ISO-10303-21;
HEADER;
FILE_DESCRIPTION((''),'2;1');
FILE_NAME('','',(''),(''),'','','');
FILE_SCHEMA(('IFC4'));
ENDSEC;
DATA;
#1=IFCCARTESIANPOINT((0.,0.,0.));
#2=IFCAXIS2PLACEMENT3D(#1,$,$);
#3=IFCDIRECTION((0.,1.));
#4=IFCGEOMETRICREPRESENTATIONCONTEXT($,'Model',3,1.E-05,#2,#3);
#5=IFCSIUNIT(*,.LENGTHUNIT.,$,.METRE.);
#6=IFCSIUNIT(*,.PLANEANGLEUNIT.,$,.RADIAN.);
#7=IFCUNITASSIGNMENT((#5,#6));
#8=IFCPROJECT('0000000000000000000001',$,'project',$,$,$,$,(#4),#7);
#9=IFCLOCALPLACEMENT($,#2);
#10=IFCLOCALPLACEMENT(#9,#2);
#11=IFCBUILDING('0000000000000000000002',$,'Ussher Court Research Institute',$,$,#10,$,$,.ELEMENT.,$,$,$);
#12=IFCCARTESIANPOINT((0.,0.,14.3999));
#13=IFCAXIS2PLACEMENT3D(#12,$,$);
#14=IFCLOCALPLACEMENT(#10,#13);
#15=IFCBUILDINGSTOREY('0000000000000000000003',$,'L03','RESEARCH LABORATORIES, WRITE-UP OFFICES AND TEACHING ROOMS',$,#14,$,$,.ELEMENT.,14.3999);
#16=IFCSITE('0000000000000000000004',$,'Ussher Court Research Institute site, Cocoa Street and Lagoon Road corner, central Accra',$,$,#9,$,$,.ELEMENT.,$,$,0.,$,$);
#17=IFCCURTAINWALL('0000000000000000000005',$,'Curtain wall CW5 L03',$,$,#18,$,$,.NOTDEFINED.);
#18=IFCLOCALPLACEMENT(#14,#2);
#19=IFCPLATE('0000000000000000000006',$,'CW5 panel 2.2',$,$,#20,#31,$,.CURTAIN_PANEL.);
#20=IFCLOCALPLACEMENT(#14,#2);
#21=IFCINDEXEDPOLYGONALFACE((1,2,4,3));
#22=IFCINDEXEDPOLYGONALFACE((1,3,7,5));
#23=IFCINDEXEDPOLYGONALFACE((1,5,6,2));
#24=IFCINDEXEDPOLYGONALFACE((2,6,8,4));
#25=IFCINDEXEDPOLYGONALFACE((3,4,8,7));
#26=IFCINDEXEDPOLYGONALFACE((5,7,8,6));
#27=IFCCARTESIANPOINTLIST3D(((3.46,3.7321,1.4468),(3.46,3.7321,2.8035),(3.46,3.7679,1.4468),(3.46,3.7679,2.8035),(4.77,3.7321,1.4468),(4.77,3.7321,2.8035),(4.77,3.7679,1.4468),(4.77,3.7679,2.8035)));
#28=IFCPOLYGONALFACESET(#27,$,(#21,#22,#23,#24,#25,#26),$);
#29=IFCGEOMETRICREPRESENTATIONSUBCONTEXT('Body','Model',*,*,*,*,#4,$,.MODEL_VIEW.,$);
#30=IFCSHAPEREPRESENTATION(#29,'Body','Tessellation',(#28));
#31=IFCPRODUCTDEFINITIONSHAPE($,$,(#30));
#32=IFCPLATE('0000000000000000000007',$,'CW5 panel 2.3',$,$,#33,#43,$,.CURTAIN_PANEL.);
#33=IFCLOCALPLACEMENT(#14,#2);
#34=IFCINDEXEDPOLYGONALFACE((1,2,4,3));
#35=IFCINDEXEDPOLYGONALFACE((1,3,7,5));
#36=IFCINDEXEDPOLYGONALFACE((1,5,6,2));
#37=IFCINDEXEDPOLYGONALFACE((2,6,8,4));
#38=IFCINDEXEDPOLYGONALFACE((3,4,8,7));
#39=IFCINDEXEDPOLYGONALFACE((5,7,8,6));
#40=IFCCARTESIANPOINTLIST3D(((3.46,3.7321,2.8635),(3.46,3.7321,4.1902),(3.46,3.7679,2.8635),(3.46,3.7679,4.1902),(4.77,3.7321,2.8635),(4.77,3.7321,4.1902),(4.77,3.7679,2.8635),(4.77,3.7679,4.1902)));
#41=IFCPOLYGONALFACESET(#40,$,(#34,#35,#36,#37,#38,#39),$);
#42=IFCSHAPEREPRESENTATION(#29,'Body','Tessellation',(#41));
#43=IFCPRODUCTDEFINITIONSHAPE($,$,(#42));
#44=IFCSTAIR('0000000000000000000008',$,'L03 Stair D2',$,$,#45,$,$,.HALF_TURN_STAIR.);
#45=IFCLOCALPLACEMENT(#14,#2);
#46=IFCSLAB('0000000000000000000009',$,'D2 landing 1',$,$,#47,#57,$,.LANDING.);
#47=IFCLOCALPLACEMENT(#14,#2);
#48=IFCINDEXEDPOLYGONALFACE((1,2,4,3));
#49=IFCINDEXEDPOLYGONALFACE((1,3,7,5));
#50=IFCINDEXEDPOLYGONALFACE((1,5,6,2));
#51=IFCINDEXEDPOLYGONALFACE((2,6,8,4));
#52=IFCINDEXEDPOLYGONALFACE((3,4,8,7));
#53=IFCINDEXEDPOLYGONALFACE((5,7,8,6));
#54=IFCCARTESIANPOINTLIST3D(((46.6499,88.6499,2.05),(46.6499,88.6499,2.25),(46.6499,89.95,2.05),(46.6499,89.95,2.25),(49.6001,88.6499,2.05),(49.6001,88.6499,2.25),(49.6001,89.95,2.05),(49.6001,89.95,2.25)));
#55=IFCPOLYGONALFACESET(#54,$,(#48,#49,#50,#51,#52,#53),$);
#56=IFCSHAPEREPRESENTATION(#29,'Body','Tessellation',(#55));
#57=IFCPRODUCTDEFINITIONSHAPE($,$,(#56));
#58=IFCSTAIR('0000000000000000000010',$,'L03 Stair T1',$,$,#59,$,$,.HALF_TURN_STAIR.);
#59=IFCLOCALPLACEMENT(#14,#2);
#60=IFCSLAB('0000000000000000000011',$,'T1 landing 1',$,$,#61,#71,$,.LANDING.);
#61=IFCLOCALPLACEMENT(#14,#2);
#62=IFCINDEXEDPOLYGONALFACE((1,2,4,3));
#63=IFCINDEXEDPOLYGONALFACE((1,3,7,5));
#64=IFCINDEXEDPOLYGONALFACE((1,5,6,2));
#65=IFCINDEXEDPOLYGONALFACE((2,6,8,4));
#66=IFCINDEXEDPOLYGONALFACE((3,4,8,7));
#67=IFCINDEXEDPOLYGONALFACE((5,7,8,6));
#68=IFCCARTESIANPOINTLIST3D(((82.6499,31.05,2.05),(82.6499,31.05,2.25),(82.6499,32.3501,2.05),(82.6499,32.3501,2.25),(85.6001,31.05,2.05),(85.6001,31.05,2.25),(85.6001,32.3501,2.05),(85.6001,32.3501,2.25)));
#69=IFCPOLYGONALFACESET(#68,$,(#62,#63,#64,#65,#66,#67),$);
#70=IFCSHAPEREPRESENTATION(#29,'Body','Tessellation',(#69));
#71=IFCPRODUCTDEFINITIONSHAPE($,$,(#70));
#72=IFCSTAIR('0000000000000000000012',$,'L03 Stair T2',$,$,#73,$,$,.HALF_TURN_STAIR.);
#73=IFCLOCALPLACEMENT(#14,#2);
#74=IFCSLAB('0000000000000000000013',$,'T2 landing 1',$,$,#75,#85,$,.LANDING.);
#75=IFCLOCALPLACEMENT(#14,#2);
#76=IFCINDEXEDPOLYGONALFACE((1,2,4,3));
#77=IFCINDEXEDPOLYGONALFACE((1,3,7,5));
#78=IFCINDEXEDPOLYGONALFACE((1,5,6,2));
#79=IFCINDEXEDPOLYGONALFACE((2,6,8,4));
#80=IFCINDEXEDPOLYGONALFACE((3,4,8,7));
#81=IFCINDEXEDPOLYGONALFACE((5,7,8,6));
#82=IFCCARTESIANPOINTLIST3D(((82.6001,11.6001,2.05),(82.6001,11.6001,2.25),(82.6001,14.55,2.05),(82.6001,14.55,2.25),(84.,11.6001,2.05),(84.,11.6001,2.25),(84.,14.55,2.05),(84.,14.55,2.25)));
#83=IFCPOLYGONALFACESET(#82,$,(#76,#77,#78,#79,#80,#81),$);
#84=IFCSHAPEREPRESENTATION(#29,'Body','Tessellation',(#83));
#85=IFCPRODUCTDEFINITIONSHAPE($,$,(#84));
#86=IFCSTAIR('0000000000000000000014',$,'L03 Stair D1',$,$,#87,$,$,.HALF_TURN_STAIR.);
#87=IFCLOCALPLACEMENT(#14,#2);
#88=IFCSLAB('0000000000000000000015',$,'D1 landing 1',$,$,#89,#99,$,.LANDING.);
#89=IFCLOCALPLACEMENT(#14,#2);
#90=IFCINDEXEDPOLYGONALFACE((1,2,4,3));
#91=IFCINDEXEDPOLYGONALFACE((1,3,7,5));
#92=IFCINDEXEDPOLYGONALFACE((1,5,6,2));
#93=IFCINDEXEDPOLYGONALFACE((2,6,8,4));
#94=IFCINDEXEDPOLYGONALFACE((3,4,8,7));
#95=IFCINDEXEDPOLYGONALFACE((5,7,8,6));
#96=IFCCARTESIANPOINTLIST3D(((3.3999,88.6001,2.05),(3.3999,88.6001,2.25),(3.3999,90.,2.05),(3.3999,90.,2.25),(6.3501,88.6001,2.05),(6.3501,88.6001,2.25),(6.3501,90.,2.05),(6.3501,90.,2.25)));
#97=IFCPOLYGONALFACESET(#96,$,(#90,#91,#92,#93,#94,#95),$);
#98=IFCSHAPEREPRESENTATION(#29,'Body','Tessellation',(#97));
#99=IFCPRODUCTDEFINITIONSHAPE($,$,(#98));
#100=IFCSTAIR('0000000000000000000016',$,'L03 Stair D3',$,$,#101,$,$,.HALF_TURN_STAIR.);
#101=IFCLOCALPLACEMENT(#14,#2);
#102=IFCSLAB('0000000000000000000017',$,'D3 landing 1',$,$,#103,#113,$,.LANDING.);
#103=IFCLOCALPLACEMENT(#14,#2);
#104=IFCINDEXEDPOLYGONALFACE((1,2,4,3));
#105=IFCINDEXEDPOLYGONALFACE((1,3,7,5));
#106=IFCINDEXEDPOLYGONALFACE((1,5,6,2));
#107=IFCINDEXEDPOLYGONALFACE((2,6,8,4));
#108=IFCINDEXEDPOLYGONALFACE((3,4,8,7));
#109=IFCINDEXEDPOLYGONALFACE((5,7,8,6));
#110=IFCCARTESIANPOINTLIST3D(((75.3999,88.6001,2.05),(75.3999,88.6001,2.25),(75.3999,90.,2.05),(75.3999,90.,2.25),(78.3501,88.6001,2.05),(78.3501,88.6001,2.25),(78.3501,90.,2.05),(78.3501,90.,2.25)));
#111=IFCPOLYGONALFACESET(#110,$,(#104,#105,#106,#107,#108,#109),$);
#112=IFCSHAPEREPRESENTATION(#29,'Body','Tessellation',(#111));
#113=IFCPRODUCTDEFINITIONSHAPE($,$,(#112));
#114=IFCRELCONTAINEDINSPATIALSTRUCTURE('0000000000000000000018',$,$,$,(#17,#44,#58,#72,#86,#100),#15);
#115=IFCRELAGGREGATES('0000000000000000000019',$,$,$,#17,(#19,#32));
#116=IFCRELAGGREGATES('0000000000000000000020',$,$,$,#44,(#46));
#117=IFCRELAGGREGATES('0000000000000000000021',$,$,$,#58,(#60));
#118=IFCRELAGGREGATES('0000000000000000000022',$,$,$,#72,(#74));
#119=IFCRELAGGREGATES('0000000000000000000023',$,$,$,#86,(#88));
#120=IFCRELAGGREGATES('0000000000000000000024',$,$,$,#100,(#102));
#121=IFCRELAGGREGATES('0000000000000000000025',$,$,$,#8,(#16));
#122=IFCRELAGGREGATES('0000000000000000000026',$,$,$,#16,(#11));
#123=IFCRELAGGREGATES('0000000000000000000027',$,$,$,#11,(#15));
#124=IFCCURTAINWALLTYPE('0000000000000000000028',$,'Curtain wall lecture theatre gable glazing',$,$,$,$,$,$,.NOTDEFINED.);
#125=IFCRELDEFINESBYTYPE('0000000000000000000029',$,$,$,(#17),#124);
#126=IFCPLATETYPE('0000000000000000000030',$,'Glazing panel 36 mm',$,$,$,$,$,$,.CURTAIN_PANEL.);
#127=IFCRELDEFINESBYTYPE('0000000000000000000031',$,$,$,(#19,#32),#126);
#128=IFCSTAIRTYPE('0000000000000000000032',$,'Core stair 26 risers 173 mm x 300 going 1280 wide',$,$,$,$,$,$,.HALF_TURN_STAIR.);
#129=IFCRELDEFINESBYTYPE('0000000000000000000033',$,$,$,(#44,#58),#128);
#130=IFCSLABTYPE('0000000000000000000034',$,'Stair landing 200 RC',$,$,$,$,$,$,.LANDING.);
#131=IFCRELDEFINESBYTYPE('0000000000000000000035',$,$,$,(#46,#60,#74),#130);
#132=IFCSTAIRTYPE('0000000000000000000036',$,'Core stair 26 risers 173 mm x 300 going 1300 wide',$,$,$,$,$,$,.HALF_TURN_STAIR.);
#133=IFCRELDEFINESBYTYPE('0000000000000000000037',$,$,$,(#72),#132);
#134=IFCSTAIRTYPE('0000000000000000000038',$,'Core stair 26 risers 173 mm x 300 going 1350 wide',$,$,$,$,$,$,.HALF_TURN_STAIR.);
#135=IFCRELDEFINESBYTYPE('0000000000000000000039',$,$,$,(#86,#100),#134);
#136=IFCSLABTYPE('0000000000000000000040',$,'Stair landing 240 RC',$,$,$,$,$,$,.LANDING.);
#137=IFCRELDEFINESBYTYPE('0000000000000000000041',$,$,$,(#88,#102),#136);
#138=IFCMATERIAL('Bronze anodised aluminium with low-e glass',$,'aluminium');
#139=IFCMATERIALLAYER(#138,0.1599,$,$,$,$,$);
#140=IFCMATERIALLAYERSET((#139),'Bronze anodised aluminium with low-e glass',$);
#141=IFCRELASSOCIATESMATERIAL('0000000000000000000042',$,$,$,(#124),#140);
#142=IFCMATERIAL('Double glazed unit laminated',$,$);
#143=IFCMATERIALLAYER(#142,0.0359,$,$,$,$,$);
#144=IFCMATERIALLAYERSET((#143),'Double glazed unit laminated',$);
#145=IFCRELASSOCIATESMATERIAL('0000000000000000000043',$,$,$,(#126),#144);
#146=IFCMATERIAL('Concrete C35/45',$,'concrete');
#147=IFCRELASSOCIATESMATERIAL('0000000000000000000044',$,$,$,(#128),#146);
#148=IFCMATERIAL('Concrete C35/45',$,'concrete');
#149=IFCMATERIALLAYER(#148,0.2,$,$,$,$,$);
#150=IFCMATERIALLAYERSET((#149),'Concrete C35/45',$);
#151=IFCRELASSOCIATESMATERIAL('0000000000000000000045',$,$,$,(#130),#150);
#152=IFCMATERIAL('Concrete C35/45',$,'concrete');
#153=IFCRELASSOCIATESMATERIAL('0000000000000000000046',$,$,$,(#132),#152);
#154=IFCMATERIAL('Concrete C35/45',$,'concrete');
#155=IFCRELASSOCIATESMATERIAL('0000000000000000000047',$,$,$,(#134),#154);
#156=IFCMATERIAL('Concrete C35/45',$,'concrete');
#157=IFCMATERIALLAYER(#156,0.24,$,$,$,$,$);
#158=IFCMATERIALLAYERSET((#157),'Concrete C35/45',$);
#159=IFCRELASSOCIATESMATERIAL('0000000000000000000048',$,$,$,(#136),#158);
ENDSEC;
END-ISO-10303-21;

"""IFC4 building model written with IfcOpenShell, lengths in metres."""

from ifc_helpers import new_model, si_unit, direction, frame, origin, origin_2d, place, context, subcontext, project, spatial, polyline, rectangle, outline, extrude, material, layer, layer_set, type_object, element, aggregate, save


model = new_model("IFC4")

# Units and contexts
model_context = context("Model", 3, precision=1e-05, world=origin(), true_north=direction((0.0, 1.0)))
body_context = subcontext(model_context, "Body", "Model", "MODEL_VIEW")
ifc_project = project(units=[si_unit("LENGTHUNIT", "METRE"), si_unit("PLANEANGLEUNIT", "RADIAN")], contexts=[model_context])

# Site, building, storey
site_placement = place(None, origin())
site = spatial("IfcSite", under=ifc_project, at=site_placement, Name="Ussher Court Research Institute site, Cocoa Street and Lagoon Road corner, central Accra", CompositionType="ELEMENT", RefElevation=0.0)
building_placement = place(site_placement, origin())
building = spatial("IfcBuilding", under=site, at=building_placement, Name="Ussher Court Research Institute", CompositionType="ELEMENT")
storey_placement = place(building_placement, frame((0.0, 0.0, 14.3999)))
storey = spatial("IfcBuildingStorey", under=building, at=storey_placement, Name="L03", Description="RESEARCH LABORATORIES, WRITE-UP OFFICES AND TEACHING ROOMS", CompositionType="ELEMENT", Elevation=14.3999)

# Curtain wall
ifc_material_1 = material(Name="Bronze anodised aluminium with low-e glass", Category="aluminium")
ifc_layer_1 = layer(ifc_material_1, 0.1599)
ifc_layer_set_1 = layer_set([ifc_layer_1], Name="Bronze anodised aluminium with low-e glass")
curtain_wall_type = type_object("IfcCurtainWallType", Name="Curtain wall lecture theatre gable glazing", PredefinedType="NOTDEFINED", material=ifc_layer_set_1)
curtain_wall_placement = place(storey_placement, origin())
curtain_wall = element("IfcCurtainWall", 1, at=curtain_wall_placement, inside=storey, type_object=curtain_wall_type, Name="Curtain wall CW5 L03", PredefinedType="NOTDEFINED")

# Plates
ifc_material_2 = material(Name="Double glazed unit laminated")
ifc_layer_2 = layer(ifc_material_2, 0.0359)
ifc_layer_set_2 = layer_set([ifc_layer_2], Name="Double glazed unit laminated")
plate_type = type_object("IfcPlateType", Name="Glazing panel 36 mm", PredefinedType="CURTAIN_PANEL", material=ifc_layer_set_2)
plate_1_placement = place(storey_placement, frame((4.115, 3.75, 1.4468), z_axis=(0.0, 0.0, 1.0), x_axis=(-1.0, 0.0, 0.0)))
plate_1 = element("IfcPlate", 2, at=plate_1_placement, type_object=plate_type, Name="CW5 panel 2.2", PredefinedType="CURTAIN_PANEL", context=body_context, shape_type="SweptSolid", body=[
    extrude(rectangle(XDim=1.3101, YDim=0.0359, at=origin_2d()), origin(), (0.0, 0.0, 1.0), 1.3567),
])
plate_2_placement = place(storey_placement, frame((4.115, 3.75, 2.8635), z_axis=(0.0, 0.0, 1.0), x_axis=(-1.0, 0.0, 0.0)))
plate_2 = element("IfcPlate", 3, at=plate_2_placement, type_object=plate_type, Name="CW5 panel 2.3", PredefinedType="CURTAIN_PANEL", context=body_context, shape_type="SweptSolid", body=[
    extrude(rectangle(XDim=1.3101, YDim=0.0359, at=origin_2d()), origin(), (0.0, 0.0, 1.0), 1.3267),
])
aggregate(curtain_wall, [plate_1, plate_2])

# Stairs, slabs
ifc_material_3 = material(Name="Concrete C35/45", Category="concrete")
stair_type_1 = type_object("IfcStairType", Name="Core stair 26 risers 173 mm x 300 going 1280 wide", PredefinedType="HALF_TURN_STAIR", material=ifc_material_3)
stair_1_placement = place(storey_placement, origin())
stair_1 = element("IfcStair", 4, at=stair_1_placement, inside=storey, type_object=stair_type_1, Name="L03 Stair D2", PredefinedType="HALF_TURN_STAIR")
ifc_material_4 = material(Name="Concrete C35/45", Category="concrete")
ifc_layer_3 = layer(ifc_material_4, 0.2)
ifc_layer_set_3 = layer_set([ifc_layer_3], Name="Concrete C35/45")
slab_type_1 = type_object("IfcSlabType", Name="Stair landing 200 RC", PredefinedType="LANDING", material=ifc_layer_set_3)
slab_1_placement = place(storey_placement, frame((0.0, 0.0, 2.05)))
slab_1 = element("IfcSlab", 5, at=slab_1_placement, type_object=slab_type_1, Name="D2 landing 1", PredefinedType="LANDING", context=body_context, shape_type="SweptSolid", body=[
    extrude(outline(polyline([(49.6001, 88.6499), (49.6001, 89.95), (46.6499, 89.95), (46.6499, 88.6499), (49.6001, 88.6499)])), origin(), (0.0, 0.0, 1.0), 0.2),
])
aggregate(stair_1, [slab_1])
stair_2_placement = place(storey_placement, origin())
stair_2 = element("IfcStair", 6, at=stair_2_placement, inside=storey, type_object=stair_type_1, Name="L03 Stair T1", PredefinedType="HALF_TURN_STAIR")
slab_2_placement = place(storey_placement, frame((0.0, 0.0, 2.05)))
slab_2 = element("IfcSlab", 7, at=slab_2_placement, type_object=slab_type_1, Name="T1 landing 1", PredefinedType="LANDING", context=body_context, shape_type="SweptSolid", body=[
    extrude(outline(polyline([(85.6001, 31.05), (85.6001, 32.3501), (82.6499, 32.3501), (82.6499, 31.05), (85.6001, 31.05)])), origin(), (0.0, 0.0, 1.0), 0.2),
])
aggregate(stair_2, [slab_2])
ifc_material_5 = material(Name="Concrete C35/45", Category="concrete")
stair_type_2 = type_object("IfcStairType", Name="Core stair 26 risers 173 mm x 300 going 1300 wide", PredefinedType="HALF_TURN_STAIR", material=ifc_material_5)
stair_3_placement = place(storey_placement, origin())
stair_3 = element("IfcStair", 8, at=stair_3_placement, inside=storey, type_object=stair_type_2, Name="L03 Stair T2", PredefinedType="HALF_TURN_STAIR")
slab_3_placement = place(storey_placement, frame((0.0, 0.0, 2.05)))
slab_3 = element("IfcSlab", 9, at=slab_3_placement, type_object=slab_type_1, Name="T2 landing 1", PredefinedType="LANDING", context=body_context, shape_type="SweptSolid", body=[
    extrude(outline(polyline([(84.0, 14.55), (82.6001, 14.55), (82.6001, 11.6001), (84.0, 11.6001), (84.0, 14.55)])), origin(), (0.0, 0.0, 1.0), 0.2),
])
aggregate(stair_3, [slab_3])
ifc_material_6 = material(Name="Concrete C35/45", Category="concrete")
stair_type_3 = type_object("IfcStairType", Name="Core stair 26 risers 173 mm x 300 going 1350 wide", PredefinedType="HALF_TURN_STAIR", material=ifc_material_6)
stair_4_placement = place(storey_placement, origin())
stair_4 = element("IfcStair", 10, at=stair_4_placement, inside=storey, type_object=stair_type_3, Name="L03 Stair D1", PredefinedType="HALF_TURN_STAIR")
ifc_material_7 = material(Name="Concrete C35/45", Category="concrete")
ifc_layer_4 = layer(ifc_material_7, 0.24)
ifc_layer_set_4 = layer_set([ifc_layer_4], Name="Concrete C35/45")
slab_type_2 = type_object("IfcSlabType", Name="Stair landing 240 RC", PredefinedType="LANDING", material=ifc_layer_set_4)
slab_4_placement = place(storey_placement, frame((0.0, 0.0, 2.05)))
slab_4 = element("IfcSlab", 11, at=slab_4_placement, type_object=slab_type_2, Name="D1 landing 1", PredefinedType="LANDING", context=body_context, shape_type="SweptSolid", body=[
    extrude(outline(polyline([(6.3501, 88.6001), (6.3501, 90.0), (3.3999, 90.0), (3.3999, 88.6001), (6.3501, 88.6001)])), origin(), (0.0, 0.0, 1.0), 0.2),
])
aggregate(stair_4, [slab_4])
stair_5_placement = place(storey_placement, origin())
stair_5 = element("IfcStair", 12, at=stair_5_placement, inside=storey, type_object=stair_type_3, Name="L03 Stair D3", PredefinedType="HALF_TURN_STAIR")
slab_5_placement = place(storey_placement, frame((0.0, 0.0, 2.05)))
slab_5 = element("IfcSlab", 13, at=slab_5_placement, type_object=slab_type_2, Name="D3 landing 1", PredefinedType="LANDING", context=body_context, shape_type="SweptSolid", body=[
    extrude(outline(polyline([(78.3501, 88.6001), (78.3501, 90.0), (75.3999, 90.0), (75.3999, 88.6001), (78.3501, 88.6001)])), origin(), (0.0, 0.0, 1.0), 0.2),
])
aggregate(stair_5, [slab_5])

save(model, "model.ifc")
